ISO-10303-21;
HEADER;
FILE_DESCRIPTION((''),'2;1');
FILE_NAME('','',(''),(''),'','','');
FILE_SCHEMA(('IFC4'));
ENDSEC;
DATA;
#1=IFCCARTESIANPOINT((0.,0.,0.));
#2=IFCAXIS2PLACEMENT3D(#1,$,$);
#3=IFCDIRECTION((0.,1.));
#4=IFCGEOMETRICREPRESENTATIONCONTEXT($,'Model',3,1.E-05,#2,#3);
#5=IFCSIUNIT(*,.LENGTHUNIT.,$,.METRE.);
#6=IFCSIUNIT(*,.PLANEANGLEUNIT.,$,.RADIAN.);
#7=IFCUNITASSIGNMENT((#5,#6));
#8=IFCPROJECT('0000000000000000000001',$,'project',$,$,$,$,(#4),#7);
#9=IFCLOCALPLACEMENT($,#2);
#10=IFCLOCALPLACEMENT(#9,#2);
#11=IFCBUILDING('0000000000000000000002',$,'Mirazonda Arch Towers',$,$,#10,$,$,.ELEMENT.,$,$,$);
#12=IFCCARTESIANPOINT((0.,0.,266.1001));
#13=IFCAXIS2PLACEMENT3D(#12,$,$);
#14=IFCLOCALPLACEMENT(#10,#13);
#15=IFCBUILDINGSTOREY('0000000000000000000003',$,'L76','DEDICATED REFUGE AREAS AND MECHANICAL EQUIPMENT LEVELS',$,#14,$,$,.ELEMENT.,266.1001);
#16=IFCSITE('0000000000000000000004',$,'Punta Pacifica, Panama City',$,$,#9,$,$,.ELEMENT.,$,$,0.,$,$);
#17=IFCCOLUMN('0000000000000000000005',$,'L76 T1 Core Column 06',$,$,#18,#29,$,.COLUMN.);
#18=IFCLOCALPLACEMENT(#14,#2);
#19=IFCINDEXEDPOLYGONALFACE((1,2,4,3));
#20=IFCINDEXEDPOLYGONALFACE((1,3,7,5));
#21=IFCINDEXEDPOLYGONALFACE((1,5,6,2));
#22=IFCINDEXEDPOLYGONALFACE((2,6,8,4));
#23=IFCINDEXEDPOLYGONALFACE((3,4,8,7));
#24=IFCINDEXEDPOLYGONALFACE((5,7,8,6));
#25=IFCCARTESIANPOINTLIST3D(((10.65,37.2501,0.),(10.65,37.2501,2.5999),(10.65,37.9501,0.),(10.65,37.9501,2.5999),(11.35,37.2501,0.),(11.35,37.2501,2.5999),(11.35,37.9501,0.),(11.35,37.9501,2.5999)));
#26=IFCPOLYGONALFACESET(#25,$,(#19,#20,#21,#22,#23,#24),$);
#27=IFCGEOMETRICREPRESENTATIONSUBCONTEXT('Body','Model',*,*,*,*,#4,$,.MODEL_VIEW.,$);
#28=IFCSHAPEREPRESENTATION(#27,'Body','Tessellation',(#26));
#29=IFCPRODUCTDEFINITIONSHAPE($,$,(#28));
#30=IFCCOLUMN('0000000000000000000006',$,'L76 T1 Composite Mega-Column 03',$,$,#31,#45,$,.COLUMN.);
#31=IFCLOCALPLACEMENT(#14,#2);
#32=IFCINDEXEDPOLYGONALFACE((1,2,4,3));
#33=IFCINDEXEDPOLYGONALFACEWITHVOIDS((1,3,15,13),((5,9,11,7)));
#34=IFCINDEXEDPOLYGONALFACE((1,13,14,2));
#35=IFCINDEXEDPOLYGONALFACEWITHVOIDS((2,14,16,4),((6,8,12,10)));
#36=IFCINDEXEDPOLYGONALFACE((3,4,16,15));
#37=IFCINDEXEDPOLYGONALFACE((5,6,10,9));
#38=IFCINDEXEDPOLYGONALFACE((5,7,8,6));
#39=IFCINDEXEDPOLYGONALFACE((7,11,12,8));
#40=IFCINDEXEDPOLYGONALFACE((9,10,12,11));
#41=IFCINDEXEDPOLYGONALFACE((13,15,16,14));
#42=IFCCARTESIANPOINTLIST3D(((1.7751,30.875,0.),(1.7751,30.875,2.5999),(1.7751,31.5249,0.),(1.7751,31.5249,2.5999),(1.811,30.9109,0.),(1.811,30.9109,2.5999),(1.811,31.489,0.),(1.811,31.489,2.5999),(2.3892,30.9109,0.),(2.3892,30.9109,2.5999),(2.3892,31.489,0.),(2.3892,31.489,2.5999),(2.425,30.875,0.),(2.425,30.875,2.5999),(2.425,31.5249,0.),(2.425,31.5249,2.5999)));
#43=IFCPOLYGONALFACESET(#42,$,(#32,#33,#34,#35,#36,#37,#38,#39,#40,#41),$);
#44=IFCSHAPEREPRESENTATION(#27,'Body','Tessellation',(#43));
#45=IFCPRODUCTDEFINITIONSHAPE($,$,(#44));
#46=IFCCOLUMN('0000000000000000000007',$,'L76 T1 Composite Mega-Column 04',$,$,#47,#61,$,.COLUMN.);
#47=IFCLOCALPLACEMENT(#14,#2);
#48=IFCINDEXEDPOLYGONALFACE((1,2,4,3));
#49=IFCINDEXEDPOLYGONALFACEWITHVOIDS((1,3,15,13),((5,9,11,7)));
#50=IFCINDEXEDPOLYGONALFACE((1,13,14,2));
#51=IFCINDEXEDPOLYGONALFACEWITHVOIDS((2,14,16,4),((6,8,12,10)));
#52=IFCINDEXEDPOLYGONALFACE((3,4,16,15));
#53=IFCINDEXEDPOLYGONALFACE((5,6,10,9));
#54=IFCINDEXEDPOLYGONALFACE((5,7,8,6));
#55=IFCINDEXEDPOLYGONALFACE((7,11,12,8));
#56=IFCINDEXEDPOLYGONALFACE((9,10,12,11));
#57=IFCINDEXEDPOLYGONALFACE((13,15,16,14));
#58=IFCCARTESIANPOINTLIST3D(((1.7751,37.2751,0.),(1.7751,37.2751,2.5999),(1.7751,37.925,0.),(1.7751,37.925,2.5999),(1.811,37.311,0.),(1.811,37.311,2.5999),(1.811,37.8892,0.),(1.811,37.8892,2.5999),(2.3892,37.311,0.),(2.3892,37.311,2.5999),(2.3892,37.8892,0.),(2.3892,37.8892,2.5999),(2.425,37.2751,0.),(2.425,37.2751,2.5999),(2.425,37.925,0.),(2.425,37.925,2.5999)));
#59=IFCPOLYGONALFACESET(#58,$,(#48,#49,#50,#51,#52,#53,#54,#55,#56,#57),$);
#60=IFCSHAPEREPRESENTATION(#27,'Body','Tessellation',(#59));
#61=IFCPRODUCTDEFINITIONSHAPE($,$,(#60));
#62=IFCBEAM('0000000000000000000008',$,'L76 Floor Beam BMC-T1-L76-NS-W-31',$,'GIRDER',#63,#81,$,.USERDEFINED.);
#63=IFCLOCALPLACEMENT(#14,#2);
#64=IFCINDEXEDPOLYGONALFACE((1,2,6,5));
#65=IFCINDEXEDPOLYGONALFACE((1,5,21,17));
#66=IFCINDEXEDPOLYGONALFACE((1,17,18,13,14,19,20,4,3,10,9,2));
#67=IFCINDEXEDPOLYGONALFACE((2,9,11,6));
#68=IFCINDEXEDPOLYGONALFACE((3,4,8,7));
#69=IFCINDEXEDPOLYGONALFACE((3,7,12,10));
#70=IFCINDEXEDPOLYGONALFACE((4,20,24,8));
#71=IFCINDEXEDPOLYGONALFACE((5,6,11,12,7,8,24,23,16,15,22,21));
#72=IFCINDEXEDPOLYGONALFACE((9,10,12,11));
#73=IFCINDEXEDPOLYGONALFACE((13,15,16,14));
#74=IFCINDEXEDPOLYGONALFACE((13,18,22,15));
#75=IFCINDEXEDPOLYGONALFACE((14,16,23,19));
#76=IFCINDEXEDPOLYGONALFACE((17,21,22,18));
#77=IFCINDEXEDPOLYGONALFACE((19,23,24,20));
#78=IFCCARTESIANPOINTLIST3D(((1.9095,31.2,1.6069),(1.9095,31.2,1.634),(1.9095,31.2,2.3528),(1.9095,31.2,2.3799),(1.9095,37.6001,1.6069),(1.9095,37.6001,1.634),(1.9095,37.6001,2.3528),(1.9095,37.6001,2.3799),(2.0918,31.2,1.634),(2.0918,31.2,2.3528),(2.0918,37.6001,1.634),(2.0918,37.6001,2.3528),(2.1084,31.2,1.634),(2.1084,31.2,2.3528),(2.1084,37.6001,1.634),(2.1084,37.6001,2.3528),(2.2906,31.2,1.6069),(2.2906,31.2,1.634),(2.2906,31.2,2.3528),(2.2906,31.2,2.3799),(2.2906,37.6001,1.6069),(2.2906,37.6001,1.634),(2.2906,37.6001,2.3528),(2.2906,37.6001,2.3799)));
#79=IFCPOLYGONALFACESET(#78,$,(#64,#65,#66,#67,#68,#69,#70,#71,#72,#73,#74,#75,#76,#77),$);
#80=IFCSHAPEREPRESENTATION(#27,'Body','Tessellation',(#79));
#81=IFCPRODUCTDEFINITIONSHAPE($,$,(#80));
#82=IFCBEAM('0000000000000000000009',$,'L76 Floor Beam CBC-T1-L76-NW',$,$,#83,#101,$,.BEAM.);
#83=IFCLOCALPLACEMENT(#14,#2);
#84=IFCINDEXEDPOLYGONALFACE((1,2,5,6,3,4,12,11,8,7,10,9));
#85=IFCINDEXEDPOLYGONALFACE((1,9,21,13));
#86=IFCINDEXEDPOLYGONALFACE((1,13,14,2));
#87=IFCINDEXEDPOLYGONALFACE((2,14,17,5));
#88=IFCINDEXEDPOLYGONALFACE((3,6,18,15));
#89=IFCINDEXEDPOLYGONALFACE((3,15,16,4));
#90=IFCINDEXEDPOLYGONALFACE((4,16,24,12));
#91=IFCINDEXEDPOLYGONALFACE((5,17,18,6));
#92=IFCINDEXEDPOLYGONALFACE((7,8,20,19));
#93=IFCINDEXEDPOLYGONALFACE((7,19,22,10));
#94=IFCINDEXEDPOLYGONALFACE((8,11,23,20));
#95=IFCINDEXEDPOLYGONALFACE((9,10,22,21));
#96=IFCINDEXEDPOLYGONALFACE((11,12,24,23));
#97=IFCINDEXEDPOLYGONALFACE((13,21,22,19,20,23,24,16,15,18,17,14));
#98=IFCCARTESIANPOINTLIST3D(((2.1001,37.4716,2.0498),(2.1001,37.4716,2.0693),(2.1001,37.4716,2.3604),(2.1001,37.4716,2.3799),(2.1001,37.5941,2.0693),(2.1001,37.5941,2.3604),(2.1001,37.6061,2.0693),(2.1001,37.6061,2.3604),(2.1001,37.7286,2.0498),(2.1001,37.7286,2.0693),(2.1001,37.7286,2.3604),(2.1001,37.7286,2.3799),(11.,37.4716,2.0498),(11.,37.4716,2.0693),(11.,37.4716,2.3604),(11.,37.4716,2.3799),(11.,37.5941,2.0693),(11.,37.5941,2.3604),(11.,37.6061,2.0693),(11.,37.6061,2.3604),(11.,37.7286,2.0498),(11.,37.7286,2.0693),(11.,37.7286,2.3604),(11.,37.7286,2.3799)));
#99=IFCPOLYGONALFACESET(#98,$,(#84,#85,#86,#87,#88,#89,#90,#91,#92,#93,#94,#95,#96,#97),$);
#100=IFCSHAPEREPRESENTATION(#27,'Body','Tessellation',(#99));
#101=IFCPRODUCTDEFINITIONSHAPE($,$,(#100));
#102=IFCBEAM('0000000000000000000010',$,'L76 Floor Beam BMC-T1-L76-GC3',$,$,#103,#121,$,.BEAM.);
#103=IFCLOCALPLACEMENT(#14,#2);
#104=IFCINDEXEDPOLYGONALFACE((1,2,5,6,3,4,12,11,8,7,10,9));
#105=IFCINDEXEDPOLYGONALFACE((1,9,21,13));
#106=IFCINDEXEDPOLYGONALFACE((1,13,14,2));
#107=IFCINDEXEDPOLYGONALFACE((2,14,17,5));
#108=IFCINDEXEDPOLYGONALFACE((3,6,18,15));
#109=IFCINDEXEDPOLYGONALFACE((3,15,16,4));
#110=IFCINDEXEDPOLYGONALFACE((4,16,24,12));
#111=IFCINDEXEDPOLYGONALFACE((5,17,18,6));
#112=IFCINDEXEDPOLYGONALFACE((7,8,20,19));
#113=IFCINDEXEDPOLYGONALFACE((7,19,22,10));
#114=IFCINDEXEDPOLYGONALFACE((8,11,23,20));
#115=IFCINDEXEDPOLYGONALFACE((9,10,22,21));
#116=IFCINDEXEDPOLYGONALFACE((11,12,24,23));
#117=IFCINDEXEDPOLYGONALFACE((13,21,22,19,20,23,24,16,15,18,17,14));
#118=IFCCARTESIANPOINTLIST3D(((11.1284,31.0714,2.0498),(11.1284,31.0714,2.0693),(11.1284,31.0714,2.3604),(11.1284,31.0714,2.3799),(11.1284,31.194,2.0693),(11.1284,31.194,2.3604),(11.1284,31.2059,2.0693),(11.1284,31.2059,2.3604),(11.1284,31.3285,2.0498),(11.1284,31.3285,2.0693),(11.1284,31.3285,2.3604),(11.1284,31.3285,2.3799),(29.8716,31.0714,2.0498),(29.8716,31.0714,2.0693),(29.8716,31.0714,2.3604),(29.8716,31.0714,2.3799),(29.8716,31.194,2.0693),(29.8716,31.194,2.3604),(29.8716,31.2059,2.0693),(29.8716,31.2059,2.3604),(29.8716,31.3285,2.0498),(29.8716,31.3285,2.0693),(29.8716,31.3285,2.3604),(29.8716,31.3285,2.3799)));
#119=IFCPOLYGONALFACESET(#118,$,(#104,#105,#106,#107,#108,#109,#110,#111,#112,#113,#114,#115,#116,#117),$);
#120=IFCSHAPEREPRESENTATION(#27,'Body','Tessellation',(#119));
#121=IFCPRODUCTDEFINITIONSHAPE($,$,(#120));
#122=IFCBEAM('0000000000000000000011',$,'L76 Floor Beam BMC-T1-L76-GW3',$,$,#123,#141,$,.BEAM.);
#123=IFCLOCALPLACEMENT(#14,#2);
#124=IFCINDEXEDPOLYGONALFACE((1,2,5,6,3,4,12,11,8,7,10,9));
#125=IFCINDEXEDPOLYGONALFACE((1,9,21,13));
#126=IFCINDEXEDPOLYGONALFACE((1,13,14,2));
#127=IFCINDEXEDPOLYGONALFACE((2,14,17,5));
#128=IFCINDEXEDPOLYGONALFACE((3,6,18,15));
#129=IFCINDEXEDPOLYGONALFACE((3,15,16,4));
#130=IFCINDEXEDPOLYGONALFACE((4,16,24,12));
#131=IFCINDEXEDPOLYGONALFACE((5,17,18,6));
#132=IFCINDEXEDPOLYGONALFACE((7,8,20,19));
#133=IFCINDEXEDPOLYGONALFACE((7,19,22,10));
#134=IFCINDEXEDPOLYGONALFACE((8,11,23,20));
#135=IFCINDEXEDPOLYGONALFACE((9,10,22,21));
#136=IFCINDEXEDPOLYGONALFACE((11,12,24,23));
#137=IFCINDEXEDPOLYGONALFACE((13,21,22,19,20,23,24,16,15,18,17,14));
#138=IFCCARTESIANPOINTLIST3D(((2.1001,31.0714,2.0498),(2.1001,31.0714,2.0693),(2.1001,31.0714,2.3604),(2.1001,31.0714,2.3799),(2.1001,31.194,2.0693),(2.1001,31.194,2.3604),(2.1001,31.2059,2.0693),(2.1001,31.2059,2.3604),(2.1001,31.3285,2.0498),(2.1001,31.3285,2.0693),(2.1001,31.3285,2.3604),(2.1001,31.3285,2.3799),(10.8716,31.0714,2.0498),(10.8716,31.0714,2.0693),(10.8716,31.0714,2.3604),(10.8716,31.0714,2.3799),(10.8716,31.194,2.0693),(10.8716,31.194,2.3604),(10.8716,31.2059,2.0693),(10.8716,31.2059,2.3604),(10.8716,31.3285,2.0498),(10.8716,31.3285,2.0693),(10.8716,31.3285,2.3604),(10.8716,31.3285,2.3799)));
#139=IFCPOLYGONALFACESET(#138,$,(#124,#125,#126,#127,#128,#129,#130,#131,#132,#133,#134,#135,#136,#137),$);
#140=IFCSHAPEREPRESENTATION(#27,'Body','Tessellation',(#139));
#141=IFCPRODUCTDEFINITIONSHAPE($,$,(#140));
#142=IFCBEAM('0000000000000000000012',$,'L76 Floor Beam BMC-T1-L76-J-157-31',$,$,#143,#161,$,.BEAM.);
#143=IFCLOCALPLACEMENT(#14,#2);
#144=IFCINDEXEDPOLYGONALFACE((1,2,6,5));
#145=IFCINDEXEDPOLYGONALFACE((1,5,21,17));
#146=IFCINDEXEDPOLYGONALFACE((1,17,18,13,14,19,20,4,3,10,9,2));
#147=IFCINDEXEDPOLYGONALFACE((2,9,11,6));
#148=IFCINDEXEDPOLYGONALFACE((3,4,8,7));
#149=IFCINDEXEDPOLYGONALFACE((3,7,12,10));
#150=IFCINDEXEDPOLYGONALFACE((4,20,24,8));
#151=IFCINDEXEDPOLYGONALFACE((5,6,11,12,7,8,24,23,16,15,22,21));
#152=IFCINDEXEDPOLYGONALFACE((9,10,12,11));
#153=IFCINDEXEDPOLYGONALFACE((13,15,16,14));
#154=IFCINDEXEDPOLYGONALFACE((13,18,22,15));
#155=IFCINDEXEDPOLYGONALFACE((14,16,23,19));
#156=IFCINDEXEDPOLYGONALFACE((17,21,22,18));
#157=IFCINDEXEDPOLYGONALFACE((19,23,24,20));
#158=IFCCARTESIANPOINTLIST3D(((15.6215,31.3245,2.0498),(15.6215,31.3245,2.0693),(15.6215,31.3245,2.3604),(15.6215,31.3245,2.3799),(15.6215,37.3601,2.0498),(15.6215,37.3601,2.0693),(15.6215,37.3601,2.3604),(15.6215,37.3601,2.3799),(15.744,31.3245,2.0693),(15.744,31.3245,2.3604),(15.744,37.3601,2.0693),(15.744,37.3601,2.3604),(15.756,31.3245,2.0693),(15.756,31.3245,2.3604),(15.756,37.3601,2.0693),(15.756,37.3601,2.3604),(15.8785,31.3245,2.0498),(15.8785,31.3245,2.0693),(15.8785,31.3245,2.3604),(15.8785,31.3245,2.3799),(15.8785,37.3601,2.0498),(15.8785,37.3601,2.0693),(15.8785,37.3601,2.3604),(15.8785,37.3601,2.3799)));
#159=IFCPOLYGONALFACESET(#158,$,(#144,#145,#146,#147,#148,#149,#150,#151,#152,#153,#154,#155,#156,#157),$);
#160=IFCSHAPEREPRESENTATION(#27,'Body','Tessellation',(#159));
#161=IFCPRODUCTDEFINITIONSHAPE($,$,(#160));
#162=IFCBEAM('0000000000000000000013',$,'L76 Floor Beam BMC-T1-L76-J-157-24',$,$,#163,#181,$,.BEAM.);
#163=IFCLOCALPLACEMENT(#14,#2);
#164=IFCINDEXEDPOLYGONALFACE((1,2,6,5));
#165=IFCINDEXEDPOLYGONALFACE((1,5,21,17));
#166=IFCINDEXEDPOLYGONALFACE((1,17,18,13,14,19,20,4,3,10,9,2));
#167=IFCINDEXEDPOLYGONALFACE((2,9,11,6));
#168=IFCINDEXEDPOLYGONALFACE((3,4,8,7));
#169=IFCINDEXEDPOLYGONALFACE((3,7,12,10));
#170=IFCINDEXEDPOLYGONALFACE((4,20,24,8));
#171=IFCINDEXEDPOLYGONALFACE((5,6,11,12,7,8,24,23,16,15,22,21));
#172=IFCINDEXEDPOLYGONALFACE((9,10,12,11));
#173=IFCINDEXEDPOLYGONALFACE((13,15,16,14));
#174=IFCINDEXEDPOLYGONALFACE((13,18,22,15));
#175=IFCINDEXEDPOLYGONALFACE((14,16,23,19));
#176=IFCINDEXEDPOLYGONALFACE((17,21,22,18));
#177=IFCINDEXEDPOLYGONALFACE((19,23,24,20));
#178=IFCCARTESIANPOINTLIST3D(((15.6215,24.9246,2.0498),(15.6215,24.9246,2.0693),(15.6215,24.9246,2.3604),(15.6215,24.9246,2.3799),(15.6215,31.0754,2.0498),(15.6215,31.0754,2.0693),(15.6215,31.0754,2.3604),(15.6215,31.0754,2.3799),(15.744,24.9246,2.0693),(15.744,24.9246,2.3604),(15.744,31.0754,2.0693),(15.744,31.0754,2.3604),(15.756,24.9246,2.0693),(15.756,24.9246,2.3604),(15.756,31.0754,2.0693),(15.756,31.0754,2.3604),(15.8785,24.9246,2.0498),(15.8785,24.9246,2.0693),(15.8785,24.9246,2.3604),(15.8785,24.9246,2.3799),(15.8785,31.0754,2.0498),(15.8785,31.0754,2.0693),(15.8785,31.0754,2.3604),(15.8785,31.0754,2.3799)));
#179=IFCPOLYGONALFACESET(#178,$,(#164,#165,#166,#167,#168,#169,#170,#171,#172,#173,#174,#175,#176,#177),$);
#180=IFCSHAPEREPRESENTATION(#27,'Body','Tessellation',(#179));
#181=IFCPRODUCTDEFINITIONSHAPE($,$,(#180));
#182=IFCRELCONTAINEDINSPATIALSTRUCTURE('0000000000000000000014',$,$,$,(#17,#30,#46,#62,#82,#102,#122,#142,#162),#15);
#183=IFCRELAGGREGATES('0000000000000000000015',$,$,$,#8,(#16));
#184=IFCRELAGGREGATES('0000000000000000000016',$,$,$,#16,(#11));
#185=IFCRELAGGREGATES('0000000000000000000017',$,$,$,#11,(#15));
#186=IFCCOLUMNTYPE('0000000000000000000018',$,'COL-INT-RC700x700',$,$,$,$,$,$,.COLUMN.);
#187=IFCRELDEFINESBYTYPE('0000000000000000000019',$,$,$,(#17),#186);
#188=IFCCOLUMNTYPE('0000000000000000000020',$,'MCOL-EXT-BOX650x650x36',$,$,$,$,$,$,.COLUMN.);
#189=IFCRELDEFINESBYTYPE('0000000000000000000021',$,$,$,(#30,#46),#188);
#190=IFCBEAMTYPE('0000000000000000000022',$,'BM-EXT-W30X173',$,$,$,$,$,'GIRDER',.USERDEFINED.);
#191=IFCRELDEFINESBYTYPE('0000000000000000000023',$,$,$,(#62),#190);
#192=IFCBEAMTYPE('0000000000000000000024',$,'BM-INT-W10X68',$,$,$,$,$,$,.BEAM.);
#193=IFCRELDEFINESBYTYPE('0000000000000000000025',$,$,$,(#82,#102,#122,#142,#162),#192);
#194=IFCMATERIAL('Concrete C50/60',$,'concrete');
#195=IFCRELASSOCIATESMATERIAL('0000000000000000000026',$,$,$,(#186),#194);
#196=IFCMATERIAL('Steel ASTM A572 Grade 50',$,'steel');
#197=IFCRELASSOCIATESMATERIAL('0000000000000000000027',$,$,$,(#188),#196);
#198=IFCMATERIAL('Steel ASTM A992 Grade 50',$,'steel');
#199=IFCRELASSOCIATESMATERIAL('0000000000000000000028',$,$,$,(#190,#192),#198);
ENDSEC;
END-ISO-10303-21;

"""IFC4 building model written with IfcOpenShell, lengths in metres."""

from ifc_helpers import new_model, si_unit, direction, frame, origin, origin_2d, place, context, subcontext, project, spatial, rectangle, hollow_rectangle, i_section, extrude, material, material_profile, profile_set, type_object, element, save


model = new_model("IFC4")

# Units and contexts
model_context = context("Model", 3, precision=1e-05, world=origin(), true_north=direction((0.0, 1.0)))
body_context = subcontext(model_context, "Body", "Model", "MODEL_VIEW")
ifc_project = project(units=[si_unit("LENGTHUNIT", "METRE"), si_unit("PLANEANGLEUNIT", "RADIAN")], contexts=[model_context])

# Site, building, storey
site_placement = place(None, origin())
site = spatial("IfcSite", under=ifc_project, at=site_placement, Name="Punta Pacifica, Panama City", CompositionType="ELEMENT", RefElevation=0.0)
building_placement = place(site_placement, origin())
building = spatial("IfcBuilding", under=site, at=building_placement, Name="Mirazonda Arch Towers", CompositionType="ELEMENT")
storey_placement = place(building_placement, frame((0.0, 0.0, 266.1001)))
storey = spatial("IfcBuildingStorey", under=building, at=storey_placement, Name="L76", Description="DEDICATED REFUGE AREAS AND MECHANICAL EQUIPMENT LEVELS", CompositionType="ELEMENT", Elevation=266.1001)

# Columns
ifc_material_1 = material(Name="Concrete C50/60", Category="concrete")
ifc_material_profile_1 = material_profile(ifc_material_1, rectangle(XDim=0.7, YDim=0.7, at=origin_2d()), Name="RC700x700")
ifc_profile_set_1 = profile_set([ifc_material_profile_1], Name="Concrete C50/60")
column_type_1 = type_object("IfcColumnType", Name="COL-INT-RC700x700", PredefinedType="COLUMN", material=ifc_profile_set_1)
column_placement = place(storey_placement, frame((11.0, 37.6001, 0.0), z_axis=(0.0, 0.0, 1.0), x_axis=(1.0, 0.0, 0.0)))
element("IfcColumn", 1, at=column_placement, inside=storey, type_object=column_type_1, Name="L76 T1 Core Column 06", PredefinedType="COLUMN", context=body_context, shape_type="SweptSolid", body=[
    extrude(rectangle(XDim=0.7, YDim=0.7, at=origin_2d()), origin(), (0.0, 0.0, 1.0), 2.5999),
])
ifc_material_2 = material(Name="Steel ASTM A572 Grade 50", Category="steel")
ifc_material_profile_2 = material_profile(ifc_material_2, hollow_rectangle(XDim=0.6499, YDim=0.6499, WallThickness=0.0359, at=origin_2d()), Name="BOX650x650x36")
ifc_profile_set_2 = profile_set([ifc_material_profile_2], Name="Steel ASTM A572 Grade 50")
column_type_2 = type_object("IfcColumnType", Name="MCOL-EXT-BOX650x650x36", PredefinedType="COLUMN", material=ifc_profile_set_2)
for number, where, z_axis, x_axis, name in (
    (2, (2.1001, 31.2, 0.0), (0.0, 0.0, 1.0), (1.0, 0.0, 0.0), "L76 T1 Composite Mega-Column 03"),
    (3, (2.1001, 37.6001, 0.0), (0.0, 0.0, 1.0), (1.0, 0.0, 0.0), "L76 T1 Composite Mega-Column 04"),
):
    element("IfcColumn", number, at=place(storey_placement, frame(where, z_axis=z_axis, x_axis=x_axis)), inside=storey, type_object=column_type_2, Name=name, PredefinedType="COLUMN", context=body_context, shape_type="SweptSolid", body=[
        extrude(hollow_rectangle(XDim=0.6499, YDim=0.6499, WallThickness=0.0359, at=origin_2d()), origin(), (0.0, 0.0, 1.0), 2.5999),
    ])

# Beams
ifc_material_3 = material(Name="Steel ASTM A992 Grade 50", Category="steel")
ifc_material_profile_3 = material_profile(ifc_material_3, i_section(OverallWidth=0.3811, OverallDepth=0.7729, WebThickness=0.0166, FlangeThickness=0.0271, at=origin_2d()), Name="W30X173")
ifc_profile_set_3 = profile_set([ifc_material_profile_3], Name="Steel ASTM A992 Grade 50")
beam_type_1 = type_object("IfcBeamType", Name="BM-EXT-W30X173", ElementType="GIRDER", PredefinedType="USERDEFINED", material=ifc_profile_set_3)
beam_1_placement = place(storey_placement, frame((2.1001, 31.2, 1.9934), z_axis=(0.0, 1.0, 0.0), x_axis=(-1.0, 0.0, 0.0)))
element("IfcBeam", 4, at=beam_1_placement, inside=storey, type_object=beam_type_1, Name="L76 Floor Beam BMC-T1-L76-NS-W-31", ObjectType="GIRDER", PredefinedType="USERDEFINED", context=body_context, shape_type="SweptSolid", body=[
    extrude(i_section(OverallWidth=0.3811, OverallDepth=0.7729, WebThickness=0.0166, FlangeThickness=0.0271, at=origin_2d()), origin(), (0.0, 0.0, 1.0), 6.4001),
])
ifc_material_profile_4 = material_profile(ifc_material_3, i_section(OverallWidth=0.2571, OverallDepth=0.3301, WebThickness=0.012, FlangeThickness=0.0195, at=origin_2d()), Name="W10X68")
ifc_profile_set_4 = profile_set([ifc_material_profile_4], Name="Steel ASTM A992 Grade 50")
beam_type_2 = type_object("IfcBeamType", Name="BM-INT-W10X68", PredefinedType="BEAM", material=ifc_profile_set_4)
beam_2_placement = place(storey_placement, frame((2.1001, 37.6001, 2.2148), z_axis=(1.0, 0.0, 0.0), x_axis=(0.0, 1.0, 0.0)))
element("IfcBeam", 5, at=beam_2_placement, inside=storey, type_object=beam_type_2, Name="L76 Floor Beam CBC-T1-L76-NW", PredefinedType="BEAM", context=body_context, shape_type="SweptSolid", body=[
    extrude(i_section(OverallWidth=0.2571, OverallDepth=0.3301, WebThickness=0.012, FlangeThickness=0.0195, at=origin_2d()), origin(), (0.0, 0.0, 1.0), 8.8999),
])
beam_3_placement = place(storey_placement, frame((11.1284, 31.2, 2.2148), z_axis=(1.0, 0.0, 0.0), x_axis=(0.0, 1.0, 0.0)))
element("IfcBeam", 6, at=beam_3_placement, inside=storey, type_object=beam_type_2, Name="L76 Floor Beam BMC-T1-L76-GC3", PredefinedType="BEAM", context=body_context, shape_type="SweptSolid", body=[
    extrude(i_section(OverallWidth=0.2571, OverallDepth=0.3301, WebThickness=0.012, FlangeThickness=0.0195, at=origin_2d()), origin(), (0.0, 0.0, 1.0), 18.7432),
])
beam_4_placement = place(storey_placement, frame((2.1001, 31.2, 2.2148), z_axis=(1.0, 0.0, 0.0), x_axis=(0.0, 1.0, 0.0)))
element("IfcBeam", 7, at=beam_4_placement, inside=storey, type_object=beam_type_2, Name="L76 Floor Beam BMC-T1-L76-GW3", PredefinedType="BEAM", context=body_context, shape_type="SweptSolid", body=[
    extrude(i_section(OverallWidth=0.2571, OverallDepth=0.3301, WebThickness=0.012, FlangeThickness=0.0195, at=origin_2d()), origin(), (0.0, 0.0, 1.0), 8.7715),
])
beam_5_placement = place(storey_placement, frame((15.75, 31.3245, 2.2148), z_axis=(0.0, 1.0, 0.0), x_axis=(-1.0, 0.0, 0.0)))
element("IfcBeam", 8, at=beam_5_placement, inside=storey, type_object=beam_type_2, Name="L76 Floor Beam BMC-T1-L76-J-157-31", PredefinedType="BEAM", context=body_context, shape_type="SweptSolid", body=[
    extrude(i_section(OverallWidth=0.2571, OverallDepth=0.3301, WebThickness=0.012, FlangeThickness=0.0195, at=origin_2d()), origin(), (0.0, 0.0, 1.0), 6.0356),
])
beam_6_placement = place(storey_placement, frame((15.75, 24.9246, 2.2148), z_axis=(0.0, 1.0, 0.0), x_axis=(-1.0, 0.0, 0.0)))
element("IfcBeam", 9, at=beam_6_placement, inside=storey, type_object=beam_type_2, Name="L76 Floor Beam BMC-T1-L76-J-157-24", PredefinedType="BEAM", context=body_context, shape_type="SweptSolid", body=[
    extrude(i_section(OverallWidth=0.2571, OverallDepth=0.3301, WebThickness=0.012, FlangeThickness=0.0195, at=origin_2d()), origin(), (0.0, 0.0, 1.0), 6.1509),
])

save(model, "model.ifc")
